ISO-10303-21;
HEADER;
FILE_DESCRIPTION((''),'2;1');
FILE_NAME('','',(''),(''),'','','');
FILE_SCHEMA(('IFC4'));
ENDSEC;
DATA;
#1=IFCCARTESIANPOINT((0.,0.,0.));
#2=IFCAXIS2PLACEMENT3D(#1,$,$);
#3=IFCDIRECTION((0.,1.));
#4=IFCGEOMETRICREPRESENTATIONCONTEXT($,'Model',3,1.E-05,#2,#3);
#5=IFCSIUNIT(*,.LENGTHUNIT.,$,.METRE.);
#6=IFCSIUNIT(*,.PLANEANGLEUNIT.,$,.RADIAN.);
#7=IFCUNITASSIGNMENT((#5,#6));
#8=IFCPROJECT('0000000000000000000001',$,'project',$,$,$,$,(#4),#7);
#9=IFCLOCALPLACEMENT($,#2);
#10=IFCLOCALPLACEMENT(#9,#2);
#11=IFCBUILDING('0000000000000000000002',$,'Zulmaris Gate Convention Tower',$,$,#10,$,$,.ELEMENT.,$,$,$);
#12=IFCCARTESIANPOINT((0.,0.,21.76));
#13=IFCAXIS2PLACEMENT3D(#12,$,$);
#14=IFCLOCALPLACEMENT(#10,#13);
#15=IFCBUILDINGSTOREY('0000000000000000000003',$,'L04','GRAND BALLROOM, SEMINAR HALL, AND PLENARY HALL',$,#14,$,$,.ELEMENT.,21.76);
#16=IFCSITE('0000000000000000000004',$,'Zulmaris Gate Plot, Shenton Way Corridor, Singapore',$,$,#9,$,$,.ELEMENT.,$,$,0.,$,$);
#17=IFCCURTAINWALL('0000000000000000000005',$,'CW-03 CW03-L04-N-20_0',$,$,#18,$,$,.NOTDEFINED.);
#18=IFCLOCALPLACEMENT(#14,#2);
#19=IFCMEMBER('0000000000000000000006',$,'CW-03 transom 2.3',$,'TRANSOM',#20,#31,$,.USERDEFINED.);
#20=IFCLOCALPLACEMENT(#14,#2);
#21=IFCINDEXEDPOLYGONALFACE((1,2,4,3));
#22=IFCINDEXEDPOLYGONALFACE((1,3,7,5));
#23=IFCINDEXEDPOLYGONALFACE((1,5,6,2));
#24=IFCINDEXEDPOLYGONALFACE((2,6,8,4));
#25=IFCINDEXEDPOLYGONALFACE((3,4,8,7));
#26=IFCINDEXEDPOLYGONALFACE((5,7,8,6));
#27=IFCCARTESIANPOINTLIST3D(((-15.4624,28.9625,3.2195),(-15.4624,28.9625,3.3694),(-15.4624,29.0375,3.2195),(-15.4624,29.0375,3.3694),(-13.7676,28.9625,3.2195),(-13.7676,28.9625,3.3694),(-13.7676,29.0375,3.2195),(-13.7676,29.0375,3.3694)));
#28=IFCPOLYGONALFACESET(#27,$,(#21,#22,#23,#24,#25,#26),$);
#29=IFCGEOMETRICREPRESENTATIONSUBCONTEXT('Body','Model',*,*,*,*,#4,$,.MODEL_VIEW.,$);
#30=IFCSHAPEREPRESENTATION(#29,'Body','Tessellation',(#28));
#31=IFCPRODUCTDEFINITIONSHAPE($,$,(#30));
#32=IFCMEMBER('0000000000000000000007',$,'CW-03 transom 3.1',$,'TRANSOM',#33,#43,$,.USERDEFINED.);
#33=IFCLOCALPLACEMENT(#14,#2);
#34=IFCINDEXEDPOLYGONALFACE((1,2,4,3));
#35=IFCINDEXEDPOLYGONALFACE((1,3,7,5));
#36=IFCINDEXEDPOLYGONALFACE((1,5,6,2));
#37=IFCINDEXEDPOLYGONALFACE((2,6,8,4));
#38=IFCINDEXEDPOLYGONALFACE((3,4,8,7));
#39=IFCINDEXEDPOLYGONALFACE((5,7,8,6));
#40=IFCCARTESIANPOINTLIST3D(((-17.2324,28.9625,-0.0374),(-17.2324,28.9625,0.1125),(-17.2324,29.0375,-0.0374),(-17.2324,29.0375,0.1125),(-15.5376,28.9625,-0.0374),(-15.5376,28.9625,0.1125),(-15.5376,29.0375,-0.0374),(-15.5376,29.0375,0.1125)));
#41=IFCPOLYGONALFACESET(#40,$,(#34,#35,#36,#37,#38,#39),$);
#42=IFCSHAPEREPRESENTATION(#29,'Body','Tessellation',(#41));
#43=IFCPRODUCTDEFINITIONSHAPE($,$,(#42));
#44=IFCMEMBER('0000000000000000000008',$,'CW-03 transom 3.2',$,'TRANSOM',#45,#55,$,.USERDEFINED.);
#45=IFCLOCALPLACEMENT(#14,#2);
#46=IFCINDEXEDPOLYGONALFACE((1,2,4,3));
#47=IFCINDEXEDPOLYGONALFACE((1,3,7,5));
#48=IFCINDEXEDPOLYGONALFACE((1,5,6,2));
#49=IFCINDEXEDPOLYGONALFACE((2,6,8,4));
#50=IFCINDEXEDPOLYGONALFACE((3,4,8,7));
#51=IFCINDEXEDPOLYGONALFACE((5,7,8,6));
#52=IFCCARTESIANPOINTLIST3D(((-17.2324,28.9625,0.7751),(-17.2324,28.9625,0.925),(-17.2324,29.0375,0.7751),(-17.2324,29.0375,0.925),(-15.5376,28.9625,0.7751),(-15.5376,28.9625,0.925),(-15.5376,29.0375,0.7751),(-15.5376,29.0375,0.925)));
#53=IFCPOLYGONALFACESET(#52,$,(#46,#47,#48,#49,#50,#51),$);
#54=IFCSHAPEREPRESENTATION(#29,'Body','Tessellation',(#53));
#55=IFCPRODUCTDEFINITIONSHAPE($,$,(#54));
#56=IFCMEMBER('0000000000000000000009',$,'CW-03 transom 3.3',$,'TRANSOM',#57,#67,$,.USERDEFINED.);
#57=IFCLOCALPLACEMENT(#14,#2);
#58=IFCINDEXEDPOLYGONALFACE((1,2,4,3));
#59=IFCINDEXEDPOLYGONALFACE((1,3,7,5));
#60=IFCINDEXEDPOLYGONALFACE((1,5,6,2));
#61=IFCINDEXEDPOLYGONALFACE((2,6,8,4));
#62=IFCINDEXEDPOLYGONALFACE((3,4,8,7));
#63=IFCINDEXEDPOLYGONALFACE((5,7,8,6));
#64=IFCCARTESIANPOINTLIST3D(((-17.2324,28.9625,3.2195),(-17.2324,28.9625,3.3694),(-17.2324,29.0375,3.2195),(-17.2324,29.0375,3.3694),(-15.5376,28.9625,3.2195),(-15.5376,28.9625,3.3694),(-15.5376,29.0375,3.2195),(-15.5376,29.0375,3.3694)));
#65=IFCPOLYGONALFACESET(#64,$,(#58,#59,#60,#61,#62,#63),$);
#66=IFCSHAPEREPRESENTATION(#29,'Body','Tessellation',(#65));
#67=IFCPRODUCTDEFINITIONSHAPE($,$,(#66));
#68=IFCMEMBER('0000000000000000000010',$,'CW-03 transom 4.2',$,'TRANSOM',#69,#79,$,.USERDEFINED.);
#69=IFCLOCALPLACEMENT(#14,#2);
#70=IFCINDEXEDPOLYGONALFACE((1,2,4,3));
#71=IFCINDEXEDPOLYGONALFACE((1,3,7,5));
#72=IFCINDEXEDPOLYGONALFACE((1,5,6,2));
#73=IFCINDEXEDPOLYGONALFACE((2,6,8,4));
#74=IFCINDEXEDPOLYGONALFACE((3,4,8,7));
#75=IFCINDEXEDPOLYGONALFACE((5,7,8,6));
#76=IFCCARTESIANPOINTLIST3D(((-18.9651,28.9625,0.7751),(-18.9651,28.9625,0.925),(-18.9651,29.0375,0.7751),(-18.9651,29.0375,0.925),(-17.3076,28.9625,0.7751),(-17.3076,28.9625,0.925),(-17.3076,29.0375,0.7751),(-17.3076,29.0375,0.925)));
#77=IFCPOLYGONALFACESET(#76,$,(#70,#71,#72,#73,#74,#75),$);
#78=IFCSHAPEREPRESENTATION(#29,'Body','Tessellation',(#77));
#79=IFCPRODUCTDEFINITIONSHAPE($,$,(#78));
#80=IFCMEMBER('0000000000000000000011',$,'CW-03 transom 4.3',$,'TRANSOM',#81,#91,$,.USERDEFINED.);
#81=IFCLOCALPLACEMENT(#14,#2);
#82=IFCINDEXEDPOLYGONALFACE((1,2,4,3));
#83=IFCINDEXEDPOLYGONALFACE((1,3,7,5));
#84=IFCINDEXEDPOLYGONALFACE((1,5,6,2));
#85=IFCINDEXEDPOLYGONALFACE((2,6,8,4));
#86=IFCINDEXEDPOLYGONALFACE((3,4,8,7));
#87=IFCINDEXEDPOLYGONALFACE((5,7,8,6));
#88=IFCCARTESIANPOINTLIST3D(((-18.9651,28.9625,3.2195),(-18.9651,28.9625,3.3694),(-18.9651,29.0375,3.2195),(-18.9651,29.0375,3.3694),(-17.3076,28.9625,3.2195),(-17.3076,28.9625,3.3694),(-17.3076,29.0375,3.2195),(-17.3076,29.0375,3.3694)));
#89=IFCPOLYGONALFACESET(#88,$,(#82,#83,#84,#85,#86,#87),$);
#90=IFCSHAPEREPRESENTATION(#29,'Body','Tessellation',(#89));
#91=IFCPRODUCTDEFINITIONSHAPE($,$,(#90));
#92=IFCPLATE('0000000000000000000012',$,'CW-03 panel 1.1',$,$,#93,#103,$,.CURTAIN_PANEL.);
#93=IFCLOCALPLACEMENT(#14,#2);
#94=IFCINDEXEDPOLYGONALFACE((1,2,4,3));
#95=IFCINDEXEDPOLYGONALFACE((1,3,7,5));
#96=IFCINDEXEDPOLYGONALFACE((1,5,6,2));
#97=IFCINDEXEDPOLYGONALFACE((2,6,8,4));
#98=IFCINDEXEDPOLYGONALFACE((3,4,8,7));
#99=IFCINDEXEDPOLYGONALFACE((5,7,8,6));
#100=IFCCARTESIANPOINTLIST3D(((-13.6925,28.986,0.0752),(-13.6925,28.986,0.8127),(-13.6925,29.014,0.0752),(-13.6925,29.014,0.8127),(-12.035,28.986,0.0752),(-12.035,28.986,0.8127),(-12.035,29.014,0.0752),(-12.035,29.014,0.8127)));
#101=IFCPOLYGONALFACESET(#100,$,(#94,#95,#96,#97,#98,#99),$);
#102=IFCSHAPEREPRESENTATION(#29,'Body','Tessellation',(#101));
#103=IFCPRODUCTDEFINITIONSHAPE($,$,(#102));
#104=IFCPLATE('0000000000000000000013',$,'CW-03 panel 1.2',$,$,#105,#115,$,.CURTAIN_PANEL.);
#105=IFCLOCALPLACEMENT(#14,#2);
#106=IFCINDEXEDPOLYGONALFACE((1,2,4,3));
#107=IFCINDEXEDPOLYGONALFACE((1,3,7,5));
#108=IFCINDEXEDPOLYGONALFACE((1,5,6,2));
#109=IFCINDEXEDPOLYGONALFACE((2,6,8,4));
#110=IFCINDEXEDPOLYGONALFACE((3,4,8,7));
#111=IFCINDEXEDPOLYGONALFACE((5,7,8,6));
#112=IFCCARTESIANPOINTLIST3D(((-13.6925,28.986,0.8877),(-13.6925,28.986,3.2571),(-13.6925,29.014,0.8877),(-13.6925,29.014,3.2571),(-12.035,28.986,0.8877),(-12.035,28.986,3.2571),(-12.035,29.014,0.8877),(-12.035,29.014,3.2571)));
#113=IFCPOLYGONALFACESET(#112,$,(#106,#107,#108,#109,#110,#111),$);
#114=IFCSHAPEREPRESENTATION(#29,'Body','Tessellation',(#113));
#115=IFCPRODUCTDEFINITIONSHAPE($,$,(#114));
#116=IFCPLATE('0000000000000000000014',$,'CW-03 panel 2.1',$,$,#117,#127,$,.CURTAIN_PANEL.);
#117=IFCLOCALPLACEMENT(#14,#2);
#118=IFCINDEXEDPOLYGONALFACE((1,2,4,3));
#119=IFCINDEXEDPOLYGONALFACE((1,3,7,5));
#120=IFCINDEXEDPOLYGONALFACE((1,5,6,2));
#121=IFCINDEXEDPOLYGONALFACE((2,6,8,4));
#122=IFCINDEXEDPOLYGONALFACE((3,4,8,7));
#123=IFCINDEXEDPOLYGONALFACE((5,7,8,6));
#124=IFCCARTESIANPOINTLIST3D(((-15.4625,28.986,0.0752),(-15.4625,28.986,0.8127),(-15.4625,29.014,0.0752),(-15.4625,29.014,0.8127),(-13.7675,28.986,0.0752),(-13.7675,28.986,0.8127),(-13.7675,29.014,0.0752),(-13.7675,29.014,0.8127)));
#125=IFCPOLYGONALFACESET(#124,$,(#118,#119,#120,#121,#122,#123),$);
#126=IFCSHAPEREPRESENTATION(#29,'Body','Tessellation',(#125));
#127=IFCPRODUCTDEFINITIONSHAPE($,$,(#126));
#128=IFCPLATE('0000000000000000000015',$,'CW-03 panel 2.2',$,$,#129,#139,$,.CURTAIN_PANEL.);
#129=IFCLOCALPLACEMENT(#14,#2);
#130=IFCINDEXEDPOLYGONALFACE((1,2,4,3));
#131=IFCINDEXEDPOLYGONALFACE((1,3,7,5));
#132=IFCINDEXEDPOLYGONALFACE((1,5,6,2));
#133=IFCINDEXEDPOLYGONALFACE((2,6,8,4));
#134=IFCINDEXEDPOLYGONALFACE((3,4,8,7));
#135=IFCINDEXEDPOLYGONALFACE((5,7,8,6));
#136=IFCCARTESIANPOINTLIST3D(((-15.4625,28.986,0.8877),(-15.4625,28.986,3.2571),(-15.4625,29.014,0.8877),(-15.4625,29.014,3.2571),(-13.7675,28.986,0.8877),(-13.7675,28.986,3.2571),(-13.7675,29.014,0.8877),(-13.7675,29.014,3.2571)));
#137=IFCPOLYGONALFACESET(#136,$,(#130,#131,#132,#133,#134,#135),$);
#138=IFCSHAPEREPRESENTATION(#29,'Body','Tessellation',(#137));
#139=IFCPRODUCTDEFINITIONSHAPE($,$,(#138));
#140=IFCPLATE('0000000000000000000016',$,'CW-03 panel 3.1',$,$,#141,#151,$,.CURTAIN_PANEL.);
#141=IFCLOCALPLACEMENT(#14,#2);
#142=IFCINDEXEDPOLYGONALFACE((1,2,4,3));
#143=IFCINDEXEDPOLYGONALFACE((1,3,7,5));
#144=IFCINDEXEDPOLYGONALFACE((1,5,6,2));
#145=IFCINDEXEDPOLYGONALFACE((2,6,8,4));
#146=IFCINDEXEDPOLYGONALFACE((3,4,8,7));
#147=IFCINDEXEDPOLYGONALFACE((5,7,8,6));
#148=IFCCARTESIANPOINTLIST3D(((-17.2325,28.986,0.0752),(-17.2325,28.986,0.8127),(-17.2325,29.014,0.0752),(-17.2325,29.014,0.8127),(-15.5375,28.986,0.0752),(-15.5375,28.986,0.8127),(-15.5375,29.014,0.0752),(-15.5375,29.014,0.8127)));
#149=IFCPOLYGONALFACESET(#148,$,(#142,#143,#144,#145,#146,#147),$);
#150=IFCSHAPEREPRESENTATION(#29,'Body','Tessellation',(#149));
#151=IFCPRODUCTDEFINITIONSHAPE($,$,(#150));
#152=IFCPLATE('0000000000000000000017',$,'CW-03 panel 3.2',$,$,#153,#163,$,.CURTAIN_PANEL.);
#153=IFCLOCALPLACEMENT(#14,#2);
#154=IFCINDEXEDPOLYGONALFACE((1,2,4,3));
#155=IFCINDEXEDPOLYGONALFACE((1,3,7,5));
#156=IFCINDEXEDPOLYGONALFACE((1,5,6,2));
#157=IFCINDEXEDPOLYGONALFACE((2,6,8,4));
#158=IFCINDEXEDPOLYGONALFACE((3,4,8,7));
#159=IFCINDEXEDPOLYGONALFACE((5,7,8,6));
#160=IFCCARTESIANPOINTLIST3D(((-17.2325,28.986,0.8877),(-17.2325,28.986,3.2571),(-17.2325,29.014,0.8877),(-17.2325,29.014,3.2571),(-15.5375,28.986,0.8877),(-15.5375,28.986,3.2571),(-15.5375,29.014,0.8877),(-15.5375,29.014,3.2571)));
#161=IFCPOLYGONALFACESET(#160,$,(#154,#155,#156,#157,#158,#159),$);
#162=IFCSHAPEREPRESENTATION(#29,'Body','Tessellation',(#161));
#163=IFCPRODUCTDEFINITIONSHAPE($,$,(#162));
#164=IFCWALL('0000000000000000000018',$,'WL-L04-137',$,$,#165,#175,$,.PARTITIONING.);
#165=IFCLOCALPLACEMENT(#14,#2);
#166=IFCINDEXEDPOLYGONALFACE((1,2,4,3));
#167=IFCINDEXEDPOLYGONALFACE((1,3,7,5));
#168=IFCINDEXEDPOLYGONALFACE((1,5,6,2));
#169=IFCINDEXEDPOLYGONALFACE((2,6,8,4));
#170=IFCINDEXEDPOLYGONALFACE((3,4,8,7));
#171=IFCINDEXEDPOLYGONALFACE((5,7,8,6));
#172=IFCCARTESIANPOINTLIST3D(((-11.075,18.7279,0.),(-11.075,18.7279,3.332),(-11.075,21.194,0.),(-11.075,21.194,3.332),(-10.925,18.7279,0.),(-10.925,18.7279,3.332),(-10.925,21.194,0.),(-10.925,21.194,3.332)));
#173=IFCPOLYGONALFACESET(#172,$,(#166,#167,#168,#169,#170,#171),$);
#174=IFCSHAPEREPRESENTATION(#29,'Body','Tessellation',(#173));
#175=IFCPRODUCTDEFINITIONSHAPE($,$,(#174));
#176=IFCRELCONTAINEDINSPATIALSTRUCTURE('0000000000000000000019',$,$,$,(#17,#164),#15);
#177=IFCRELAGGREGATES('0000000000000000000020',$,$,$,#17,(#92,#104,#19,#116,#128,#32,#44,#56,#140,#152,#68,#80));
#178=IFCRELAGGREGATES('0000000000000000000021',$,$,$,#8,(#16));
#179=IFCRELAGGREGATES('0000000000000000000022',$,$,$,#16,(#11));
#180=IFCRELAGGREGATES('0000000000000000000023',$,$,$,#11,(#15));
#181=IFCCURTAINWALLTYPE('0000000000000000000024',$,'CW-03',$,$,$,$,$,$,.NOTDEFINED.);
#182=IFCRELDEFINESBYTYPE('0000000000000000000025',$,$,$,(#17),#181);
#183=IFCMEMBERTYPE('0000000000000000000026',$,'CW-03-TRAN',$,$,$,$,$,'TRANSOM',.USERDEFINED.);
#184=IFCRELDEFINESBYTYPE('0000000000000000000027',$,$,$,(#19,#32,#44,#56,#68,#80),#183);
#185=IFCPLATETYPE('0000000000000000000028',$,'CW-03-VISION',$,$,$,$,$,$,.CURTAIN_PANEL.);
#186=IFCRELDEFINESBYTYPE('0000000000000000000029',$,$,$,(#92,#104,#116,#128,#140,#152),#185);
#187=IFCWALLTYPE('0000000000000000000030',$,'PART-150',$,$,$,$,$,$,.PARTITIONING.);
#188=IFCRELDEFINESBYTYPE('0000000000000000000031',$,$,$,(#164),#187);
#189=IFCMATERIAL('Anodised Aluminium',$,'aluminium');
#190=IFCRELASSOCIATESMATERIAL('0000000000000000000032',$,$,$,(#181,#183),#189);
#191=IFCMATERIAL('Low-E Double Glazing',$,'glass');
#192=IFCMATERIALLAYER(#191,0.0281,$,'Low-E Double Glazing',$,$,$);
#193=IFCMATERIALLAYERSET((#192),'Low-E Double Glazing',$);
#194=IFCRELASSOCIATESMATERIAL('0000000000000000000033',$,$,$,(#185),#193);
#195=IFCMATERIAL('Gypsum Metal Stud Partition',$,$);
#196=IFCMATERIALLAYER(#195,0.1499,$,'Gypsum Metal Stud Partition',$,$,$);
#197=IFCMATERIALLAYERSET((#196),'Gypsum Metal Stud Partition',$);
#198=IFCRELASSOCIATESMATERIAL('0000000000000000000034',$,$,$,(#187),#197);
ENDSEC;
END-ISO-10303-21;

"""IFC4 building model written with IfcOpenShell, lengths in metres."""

from ifc_helpers import new_model, si_unit, direction, frame, frame_2d, origin, origin_2d, place, context, subcontext, project, spatial, rectangle, extrude, material, layer, layer_set, material_profile, profile_set, type_object, element, aggregate, save


model = new_model("IFC4")

# Units and contexts
model_context = context("Model", 3, precision=1e-05, world=origin(), true_north=direction((0.0, 1.0)))
body_context = subcontext(model_context, "Body", "Model", "MODEL_VIEW")
ifc_project = project(units=[si_unit("LENGTHUNIT", "METRE"), si_unit("PLANEANGLEUNIT", "RADIAN")], contexts=[model_context])

# Site, building, storey
site_placement = place(None, origin())
site = spatial("IfcSite", under=ifc_project, at=site_placement, Name="Zulmaris Gate Plot, Shenton Way Corridor, Singapore", CompositionType="ELEMENT", RefElevation=0.0)
building_placement = place(site_placement, origin())
building = spatial("IfcBuilding", under=site, at=building_placement, Name="Zulmaris Gate Convention Tower", CompositionType="ELEMENT")
storey_placement = place(building_placement, frame((0.0, 0.0, 21.76)))
storey = spatial("IfcBuildingStorey", under=building, at=storey_placement, Name="L04", Description="GRAND BALLROOM, SEMINAR HALL, AND PLENARY HALL", CompositionType="ELEMENT", Elevation=21.76)

# Curtain wall, members, plates
ifc_material_1 = material(Name="Anodised Aluminium", Category="aluminium")
curtain_wall_type = type_object("IfcCurtainWallType", Name="CW-03", PredefinedType="NOTDEFINED", material=ifc_material_1)
curtain_wall_placement = place(storey_placement, origin())
curtain_wall = element("IfcCurtainWall", 1, at=curtain_wall_placement, inside=storey, type_object=curtain_wall_type, Name="CW-03 CW03-L04-N-20_0", PredefinedType="NOTDEFINED")
ifc_material_profile_1 = material_profile(ifc_material_1, rectangle(XDim=0.075, YDim=0.1499, at=origin_2d()), Name="ALU TRANSOM 75x150")
ifc_profile_set_1 = profile_set([ifc_material_profile_1], Name="Anodised Aluminium")
member_type_1 = type_object("IfcMemberType", Name="CW-03-TRAN", ElementType="TRANSOM", PredefinedType="USERDEFINED", material=ifc_profile_set_1)
member_1_placement = place(storey_placement, frame((-13.7676, 29.0, 3.2944), z_axis=(-1.0, 0.0, 0.0), x_axis=(0.0, -1.0, 0.0)))
member_1 = element("IfcMember", 2, at=member_1_placement, type_object=member_type_1, Name="CW-03 transom 2.3", ObjectType="TRANSOM", PredefinedType="USERDEFINED", context=body_context, shape_type="SweptSolid", body=[
    extrude(rectangle(XDim=0.075, YDim=0.1499, at=origin_2d()), origin(), (0.0, 0.0, 1.0), 1.6948),
])
member_2_placement = place(storey_placement, frame((-15.5376, 29.0, 0.0376), z_axis=(-1.0, 0.0, 0.0), x_axis=(0.0, -1.0, 0.0)))
member_2 = element("IfcMember", 3, at=member_2_placement, type_object=member_type_1, Name="CW-03 transom 3.1", ObjectType="TRANSOM", PredefinedType="USERDEFINED", context=body_context, shape_type="SweptSolid", body=[
    extrude(rectangle(XDim=0.075, YDim=0.1499, at=origin_2d()), origin(), (0.0, 0.0, 1.0), 1.6948),
])
member_3_placement = place(storey_placement, frame((-15.5376, 29.0, 0.8501), z_axis=(-1.0, 0.0, 0.0), x_axis=(0.0, -1.0, 0.0)))
member_3 = element("IfcMember", 4, at=member_3_placement, type_object=member_type_1, Name="CW-03 transom 3.2", ObjectType="TRANSOM", PredefinedType="USERDEFINED", context=body_context, shape_type="SweptSolid", body=[
    extrude(rectangle(XDim=0.075, YDim=0.1499, at=origin_2d()), origin(), (0.0, 0.0, 1.0), 1.6948),
])
member_4_placement = place(storey_placement, frame((-15.5376, 29.0, 3.2944), z_axis=(-1.0, 0.0, 0.0), x_axis=(0.0, -1.0, 0.0)))
member_4 = element("IfcMember", 5, at=member_4_placement, type_object=member_type_1, Name="CW-03 transom 3.3", ObjectType="TRANSOM", PredefinedType="USERDEFINED", context=body_context, shape_type="SweptSolid", body=[
    extrude(rectangle(XDim=0.075, YDim=0.1499, at=origin_2d()), origin(), (0.0, 0.0, 1.0), 1.6948),
])
member_5_placement = place(storey_placement, frame((-17.3076, 29.0, 0.8501), z_axis=(-1.0, 0.0, 0.0), x_axis=(0.0, -1.0, 0.0)))
member_5 = element("IfcMember", 6, at=member_5_placement, type_object=member_type_1, Name="CW-03 transom 4.2", ObjectType="TRANSOM", PredefinedType="USERDEFINED", context=body_context, shape_type="SweptSolid", body=[
    extrude(rectangle(XDim=0.075, YDim=0.1499, at=origin_2d()), origin(), (0.0, 0.0, 1.0), 1.6575),
])
member_6_placement = place(storey_placement, frame((-17.3076, 29.0, 3.2944), z_axis=(-1.0, 0.0, 0.0), x_axis=(0.0, -1.0, 0.0)))
member_6 = element("IfcMember", 7, at=member_6_placement, type_object=member_type_1, Name="CW-03 transom 4.3", ObjectType="TRANSOM", PredefinedType="USERDEFINED", context=body_context, shape_type="SweptSolid", body=[
    extrude(rectangle(XDim=0.075, YDim=0.1499, at=origin_2d()), origin(), (0.0, 0.0, 1.0), 1.6575),
])
ifc_material_2 = material(Name="Low-E Double Glazing", Category="glass")
ifc_layer_1 = layer(ifc_material_2, 0.0281, Name="Low-E Double Glazing")
ifc_layer_set_1 = layer_set([ifc_layer_1], Name="Low-E Double Glazing")
plate_type = type_object("IfcPlateType", Name="CW-03-VISION", PredefinedType="CURTAIN_PANEL", material=ifc_layer_set_1)
plate_1_placement = place(storey_placement, frame((-12.8638, 29.0, 0.0752), z_axis=(0.0, 0.0, 1.0), x_axis=(-1.0, 0.0, 0.0)))
plate_1 = element("IfcPlate", 8, at=plate_1_placement, type_object=plate_type, Name="CW-03 panel 1.1", PredefinedType="CURTAIN_PANEL", context=body_context, shape_type="SweptSolid", body=[
    extrude(rectangle(XDim=1.6575, YDim=0.0281, at=origin_2d()), origin(), (0.0, 0.0, 1.0), 0.7375),
])
plate_2_placement = place(storey_placement, frame((-12.8638, 29.0, 0.8877), z_axis=(0.0, 0.0, 1.0), x_axis=(-1.0, 0.0, 0.0)))
plate_2 = element("IfcPlate", 9, at=plate_2_placement, type_object=plate_type, Name="CW-03 panel 1.2", PredefinedType="CURTAIN_PANEL", context=body_context, shape_type="SweptSolid", body=[
    extrude(rectangle(XDim=1.6575, YDim=0.0281, at=origin_2d()), origin(), (0.0, 0.0, 1.0), 2.3694),
])
plate_3_placement = place(storey_placement, frame((-14.615, 29.0, 0.0752), z_axis=(0.0, 0.0, 1.0), x_axis=(-1.0, 0.0, 0.0)))
plate_3 = element("IfcPlate", 10, at=plate_3_placement, type_object=plate_type, Name="CW-03 panel 2.1", PredefinedType="CURTAIN_PANEL", context=body_context, shape_type="SweptSolid", body=[
    extrude(rectangle(XDim=1.6951, YDim=0.0281, at=origin_2d()), origin(), (0.0, 0.0, 1.0), 0.7375),
])
plate_4_placement = place(storey_placement, frame((-14.615, 29.0, 0.8877), z_axis=(0.0, 0.0, 1.0), x_axis=(-1.0, 0.0, 0.0)))
plate_4 = element("IfcPlate", 11, at=plate_4_placement, type_object=plate_type, Name="CW-03 panel 2.2", PredefinedType="CURTAIN_PANEL", context=body_context, shape_type="SweptSolid", body=[
    extrude(rectangle(XDim=1.6951, YDim=0.0281, at=origin_2d()), origin(), (0.0, 0.0, 1.0), 2.3694),
])
plate_5_placement = place(storey_placement, frame((-16.385, 29.0, 0.0752), z_axis=(0.0, 0.0, 1.0), x_axis=(-1.0, 0.0, 0.0)))
plate_5 = element("IfcPlate", 12, at=plate_5_placement, type_object=plate_type, Name="CW-03 panel 3.1", PredefinedType="CURTAIN_PANEL", context=body_context, shape_type="SweptSolid", body=[
    extrude(rectangle(XDim=1.6951, YDim=0.0281, at=origin_2d()), origin(), (0.0, 0.0, 1.0), 0.7375),
])
plate_6_placement = place(storey_placement, frame((-16.385, 29.0, 0.8877), z_axis=(0.0, 0.0, 1.0), x_axis=(-1.0, 0.0, 0.0)))
plate_6 = element("IfcPlate", 13, at=plate_6_placement, type_object=plate_type, Name="CW-03 panel 3.2", PredefinedType="CURTAIN_PANEL", context=body_context, shape_type="SweptSolid", body=[
    extrude(rectangle(XDim=1.6951, YDim=0.0281, at=origin_2d()), origin(), (0.0, 0.0, 1.0), 2.3694),
])
aggregate(curtain_wall, [plate_1, plate_2, member_1, plate_3, plate_4, member_2, member_3, member_4, plate_5, plate_6, member_5, member_6])

# Wall
ifc_material_3 = material(Name="Gypsum Metal Stud Partition")
ifc_layer_2 = layer(ifc_material_3, 0.1499, Name="Gypsum Metal Stud Partition")
ifc_layer_set_2 = layer_set([ifc_layer_2], Name="Gypsum Metal Stud Partition")
wall_type = type_object("IfcWallType", Name="PART-150", PredefinedType="PARTITIONING", material=ifc_layer_set_2)
wall_placement = place(storey_placement, frame((-11.0, 18.728, 0.0), z_axis=(0.0, 0.0, 1.0), x_axis=(0.0, 1.0, 0.0)))
element("IfcWall", 14, at=wall_placement, inside=storey, type_object=wall_type, Name="WL-L04-137", PredefinedType="PARTITIONING", context=body_context, shape_type="SweptSolid", body=[
    extrude(rectangle(XDim=2.4661, YDim=0.1499, at=frame_2d((1.2329, 0.0))), origin(), (0.0, 0.0, 1.0), 3.332),
])

save(model, "model.ifc")
